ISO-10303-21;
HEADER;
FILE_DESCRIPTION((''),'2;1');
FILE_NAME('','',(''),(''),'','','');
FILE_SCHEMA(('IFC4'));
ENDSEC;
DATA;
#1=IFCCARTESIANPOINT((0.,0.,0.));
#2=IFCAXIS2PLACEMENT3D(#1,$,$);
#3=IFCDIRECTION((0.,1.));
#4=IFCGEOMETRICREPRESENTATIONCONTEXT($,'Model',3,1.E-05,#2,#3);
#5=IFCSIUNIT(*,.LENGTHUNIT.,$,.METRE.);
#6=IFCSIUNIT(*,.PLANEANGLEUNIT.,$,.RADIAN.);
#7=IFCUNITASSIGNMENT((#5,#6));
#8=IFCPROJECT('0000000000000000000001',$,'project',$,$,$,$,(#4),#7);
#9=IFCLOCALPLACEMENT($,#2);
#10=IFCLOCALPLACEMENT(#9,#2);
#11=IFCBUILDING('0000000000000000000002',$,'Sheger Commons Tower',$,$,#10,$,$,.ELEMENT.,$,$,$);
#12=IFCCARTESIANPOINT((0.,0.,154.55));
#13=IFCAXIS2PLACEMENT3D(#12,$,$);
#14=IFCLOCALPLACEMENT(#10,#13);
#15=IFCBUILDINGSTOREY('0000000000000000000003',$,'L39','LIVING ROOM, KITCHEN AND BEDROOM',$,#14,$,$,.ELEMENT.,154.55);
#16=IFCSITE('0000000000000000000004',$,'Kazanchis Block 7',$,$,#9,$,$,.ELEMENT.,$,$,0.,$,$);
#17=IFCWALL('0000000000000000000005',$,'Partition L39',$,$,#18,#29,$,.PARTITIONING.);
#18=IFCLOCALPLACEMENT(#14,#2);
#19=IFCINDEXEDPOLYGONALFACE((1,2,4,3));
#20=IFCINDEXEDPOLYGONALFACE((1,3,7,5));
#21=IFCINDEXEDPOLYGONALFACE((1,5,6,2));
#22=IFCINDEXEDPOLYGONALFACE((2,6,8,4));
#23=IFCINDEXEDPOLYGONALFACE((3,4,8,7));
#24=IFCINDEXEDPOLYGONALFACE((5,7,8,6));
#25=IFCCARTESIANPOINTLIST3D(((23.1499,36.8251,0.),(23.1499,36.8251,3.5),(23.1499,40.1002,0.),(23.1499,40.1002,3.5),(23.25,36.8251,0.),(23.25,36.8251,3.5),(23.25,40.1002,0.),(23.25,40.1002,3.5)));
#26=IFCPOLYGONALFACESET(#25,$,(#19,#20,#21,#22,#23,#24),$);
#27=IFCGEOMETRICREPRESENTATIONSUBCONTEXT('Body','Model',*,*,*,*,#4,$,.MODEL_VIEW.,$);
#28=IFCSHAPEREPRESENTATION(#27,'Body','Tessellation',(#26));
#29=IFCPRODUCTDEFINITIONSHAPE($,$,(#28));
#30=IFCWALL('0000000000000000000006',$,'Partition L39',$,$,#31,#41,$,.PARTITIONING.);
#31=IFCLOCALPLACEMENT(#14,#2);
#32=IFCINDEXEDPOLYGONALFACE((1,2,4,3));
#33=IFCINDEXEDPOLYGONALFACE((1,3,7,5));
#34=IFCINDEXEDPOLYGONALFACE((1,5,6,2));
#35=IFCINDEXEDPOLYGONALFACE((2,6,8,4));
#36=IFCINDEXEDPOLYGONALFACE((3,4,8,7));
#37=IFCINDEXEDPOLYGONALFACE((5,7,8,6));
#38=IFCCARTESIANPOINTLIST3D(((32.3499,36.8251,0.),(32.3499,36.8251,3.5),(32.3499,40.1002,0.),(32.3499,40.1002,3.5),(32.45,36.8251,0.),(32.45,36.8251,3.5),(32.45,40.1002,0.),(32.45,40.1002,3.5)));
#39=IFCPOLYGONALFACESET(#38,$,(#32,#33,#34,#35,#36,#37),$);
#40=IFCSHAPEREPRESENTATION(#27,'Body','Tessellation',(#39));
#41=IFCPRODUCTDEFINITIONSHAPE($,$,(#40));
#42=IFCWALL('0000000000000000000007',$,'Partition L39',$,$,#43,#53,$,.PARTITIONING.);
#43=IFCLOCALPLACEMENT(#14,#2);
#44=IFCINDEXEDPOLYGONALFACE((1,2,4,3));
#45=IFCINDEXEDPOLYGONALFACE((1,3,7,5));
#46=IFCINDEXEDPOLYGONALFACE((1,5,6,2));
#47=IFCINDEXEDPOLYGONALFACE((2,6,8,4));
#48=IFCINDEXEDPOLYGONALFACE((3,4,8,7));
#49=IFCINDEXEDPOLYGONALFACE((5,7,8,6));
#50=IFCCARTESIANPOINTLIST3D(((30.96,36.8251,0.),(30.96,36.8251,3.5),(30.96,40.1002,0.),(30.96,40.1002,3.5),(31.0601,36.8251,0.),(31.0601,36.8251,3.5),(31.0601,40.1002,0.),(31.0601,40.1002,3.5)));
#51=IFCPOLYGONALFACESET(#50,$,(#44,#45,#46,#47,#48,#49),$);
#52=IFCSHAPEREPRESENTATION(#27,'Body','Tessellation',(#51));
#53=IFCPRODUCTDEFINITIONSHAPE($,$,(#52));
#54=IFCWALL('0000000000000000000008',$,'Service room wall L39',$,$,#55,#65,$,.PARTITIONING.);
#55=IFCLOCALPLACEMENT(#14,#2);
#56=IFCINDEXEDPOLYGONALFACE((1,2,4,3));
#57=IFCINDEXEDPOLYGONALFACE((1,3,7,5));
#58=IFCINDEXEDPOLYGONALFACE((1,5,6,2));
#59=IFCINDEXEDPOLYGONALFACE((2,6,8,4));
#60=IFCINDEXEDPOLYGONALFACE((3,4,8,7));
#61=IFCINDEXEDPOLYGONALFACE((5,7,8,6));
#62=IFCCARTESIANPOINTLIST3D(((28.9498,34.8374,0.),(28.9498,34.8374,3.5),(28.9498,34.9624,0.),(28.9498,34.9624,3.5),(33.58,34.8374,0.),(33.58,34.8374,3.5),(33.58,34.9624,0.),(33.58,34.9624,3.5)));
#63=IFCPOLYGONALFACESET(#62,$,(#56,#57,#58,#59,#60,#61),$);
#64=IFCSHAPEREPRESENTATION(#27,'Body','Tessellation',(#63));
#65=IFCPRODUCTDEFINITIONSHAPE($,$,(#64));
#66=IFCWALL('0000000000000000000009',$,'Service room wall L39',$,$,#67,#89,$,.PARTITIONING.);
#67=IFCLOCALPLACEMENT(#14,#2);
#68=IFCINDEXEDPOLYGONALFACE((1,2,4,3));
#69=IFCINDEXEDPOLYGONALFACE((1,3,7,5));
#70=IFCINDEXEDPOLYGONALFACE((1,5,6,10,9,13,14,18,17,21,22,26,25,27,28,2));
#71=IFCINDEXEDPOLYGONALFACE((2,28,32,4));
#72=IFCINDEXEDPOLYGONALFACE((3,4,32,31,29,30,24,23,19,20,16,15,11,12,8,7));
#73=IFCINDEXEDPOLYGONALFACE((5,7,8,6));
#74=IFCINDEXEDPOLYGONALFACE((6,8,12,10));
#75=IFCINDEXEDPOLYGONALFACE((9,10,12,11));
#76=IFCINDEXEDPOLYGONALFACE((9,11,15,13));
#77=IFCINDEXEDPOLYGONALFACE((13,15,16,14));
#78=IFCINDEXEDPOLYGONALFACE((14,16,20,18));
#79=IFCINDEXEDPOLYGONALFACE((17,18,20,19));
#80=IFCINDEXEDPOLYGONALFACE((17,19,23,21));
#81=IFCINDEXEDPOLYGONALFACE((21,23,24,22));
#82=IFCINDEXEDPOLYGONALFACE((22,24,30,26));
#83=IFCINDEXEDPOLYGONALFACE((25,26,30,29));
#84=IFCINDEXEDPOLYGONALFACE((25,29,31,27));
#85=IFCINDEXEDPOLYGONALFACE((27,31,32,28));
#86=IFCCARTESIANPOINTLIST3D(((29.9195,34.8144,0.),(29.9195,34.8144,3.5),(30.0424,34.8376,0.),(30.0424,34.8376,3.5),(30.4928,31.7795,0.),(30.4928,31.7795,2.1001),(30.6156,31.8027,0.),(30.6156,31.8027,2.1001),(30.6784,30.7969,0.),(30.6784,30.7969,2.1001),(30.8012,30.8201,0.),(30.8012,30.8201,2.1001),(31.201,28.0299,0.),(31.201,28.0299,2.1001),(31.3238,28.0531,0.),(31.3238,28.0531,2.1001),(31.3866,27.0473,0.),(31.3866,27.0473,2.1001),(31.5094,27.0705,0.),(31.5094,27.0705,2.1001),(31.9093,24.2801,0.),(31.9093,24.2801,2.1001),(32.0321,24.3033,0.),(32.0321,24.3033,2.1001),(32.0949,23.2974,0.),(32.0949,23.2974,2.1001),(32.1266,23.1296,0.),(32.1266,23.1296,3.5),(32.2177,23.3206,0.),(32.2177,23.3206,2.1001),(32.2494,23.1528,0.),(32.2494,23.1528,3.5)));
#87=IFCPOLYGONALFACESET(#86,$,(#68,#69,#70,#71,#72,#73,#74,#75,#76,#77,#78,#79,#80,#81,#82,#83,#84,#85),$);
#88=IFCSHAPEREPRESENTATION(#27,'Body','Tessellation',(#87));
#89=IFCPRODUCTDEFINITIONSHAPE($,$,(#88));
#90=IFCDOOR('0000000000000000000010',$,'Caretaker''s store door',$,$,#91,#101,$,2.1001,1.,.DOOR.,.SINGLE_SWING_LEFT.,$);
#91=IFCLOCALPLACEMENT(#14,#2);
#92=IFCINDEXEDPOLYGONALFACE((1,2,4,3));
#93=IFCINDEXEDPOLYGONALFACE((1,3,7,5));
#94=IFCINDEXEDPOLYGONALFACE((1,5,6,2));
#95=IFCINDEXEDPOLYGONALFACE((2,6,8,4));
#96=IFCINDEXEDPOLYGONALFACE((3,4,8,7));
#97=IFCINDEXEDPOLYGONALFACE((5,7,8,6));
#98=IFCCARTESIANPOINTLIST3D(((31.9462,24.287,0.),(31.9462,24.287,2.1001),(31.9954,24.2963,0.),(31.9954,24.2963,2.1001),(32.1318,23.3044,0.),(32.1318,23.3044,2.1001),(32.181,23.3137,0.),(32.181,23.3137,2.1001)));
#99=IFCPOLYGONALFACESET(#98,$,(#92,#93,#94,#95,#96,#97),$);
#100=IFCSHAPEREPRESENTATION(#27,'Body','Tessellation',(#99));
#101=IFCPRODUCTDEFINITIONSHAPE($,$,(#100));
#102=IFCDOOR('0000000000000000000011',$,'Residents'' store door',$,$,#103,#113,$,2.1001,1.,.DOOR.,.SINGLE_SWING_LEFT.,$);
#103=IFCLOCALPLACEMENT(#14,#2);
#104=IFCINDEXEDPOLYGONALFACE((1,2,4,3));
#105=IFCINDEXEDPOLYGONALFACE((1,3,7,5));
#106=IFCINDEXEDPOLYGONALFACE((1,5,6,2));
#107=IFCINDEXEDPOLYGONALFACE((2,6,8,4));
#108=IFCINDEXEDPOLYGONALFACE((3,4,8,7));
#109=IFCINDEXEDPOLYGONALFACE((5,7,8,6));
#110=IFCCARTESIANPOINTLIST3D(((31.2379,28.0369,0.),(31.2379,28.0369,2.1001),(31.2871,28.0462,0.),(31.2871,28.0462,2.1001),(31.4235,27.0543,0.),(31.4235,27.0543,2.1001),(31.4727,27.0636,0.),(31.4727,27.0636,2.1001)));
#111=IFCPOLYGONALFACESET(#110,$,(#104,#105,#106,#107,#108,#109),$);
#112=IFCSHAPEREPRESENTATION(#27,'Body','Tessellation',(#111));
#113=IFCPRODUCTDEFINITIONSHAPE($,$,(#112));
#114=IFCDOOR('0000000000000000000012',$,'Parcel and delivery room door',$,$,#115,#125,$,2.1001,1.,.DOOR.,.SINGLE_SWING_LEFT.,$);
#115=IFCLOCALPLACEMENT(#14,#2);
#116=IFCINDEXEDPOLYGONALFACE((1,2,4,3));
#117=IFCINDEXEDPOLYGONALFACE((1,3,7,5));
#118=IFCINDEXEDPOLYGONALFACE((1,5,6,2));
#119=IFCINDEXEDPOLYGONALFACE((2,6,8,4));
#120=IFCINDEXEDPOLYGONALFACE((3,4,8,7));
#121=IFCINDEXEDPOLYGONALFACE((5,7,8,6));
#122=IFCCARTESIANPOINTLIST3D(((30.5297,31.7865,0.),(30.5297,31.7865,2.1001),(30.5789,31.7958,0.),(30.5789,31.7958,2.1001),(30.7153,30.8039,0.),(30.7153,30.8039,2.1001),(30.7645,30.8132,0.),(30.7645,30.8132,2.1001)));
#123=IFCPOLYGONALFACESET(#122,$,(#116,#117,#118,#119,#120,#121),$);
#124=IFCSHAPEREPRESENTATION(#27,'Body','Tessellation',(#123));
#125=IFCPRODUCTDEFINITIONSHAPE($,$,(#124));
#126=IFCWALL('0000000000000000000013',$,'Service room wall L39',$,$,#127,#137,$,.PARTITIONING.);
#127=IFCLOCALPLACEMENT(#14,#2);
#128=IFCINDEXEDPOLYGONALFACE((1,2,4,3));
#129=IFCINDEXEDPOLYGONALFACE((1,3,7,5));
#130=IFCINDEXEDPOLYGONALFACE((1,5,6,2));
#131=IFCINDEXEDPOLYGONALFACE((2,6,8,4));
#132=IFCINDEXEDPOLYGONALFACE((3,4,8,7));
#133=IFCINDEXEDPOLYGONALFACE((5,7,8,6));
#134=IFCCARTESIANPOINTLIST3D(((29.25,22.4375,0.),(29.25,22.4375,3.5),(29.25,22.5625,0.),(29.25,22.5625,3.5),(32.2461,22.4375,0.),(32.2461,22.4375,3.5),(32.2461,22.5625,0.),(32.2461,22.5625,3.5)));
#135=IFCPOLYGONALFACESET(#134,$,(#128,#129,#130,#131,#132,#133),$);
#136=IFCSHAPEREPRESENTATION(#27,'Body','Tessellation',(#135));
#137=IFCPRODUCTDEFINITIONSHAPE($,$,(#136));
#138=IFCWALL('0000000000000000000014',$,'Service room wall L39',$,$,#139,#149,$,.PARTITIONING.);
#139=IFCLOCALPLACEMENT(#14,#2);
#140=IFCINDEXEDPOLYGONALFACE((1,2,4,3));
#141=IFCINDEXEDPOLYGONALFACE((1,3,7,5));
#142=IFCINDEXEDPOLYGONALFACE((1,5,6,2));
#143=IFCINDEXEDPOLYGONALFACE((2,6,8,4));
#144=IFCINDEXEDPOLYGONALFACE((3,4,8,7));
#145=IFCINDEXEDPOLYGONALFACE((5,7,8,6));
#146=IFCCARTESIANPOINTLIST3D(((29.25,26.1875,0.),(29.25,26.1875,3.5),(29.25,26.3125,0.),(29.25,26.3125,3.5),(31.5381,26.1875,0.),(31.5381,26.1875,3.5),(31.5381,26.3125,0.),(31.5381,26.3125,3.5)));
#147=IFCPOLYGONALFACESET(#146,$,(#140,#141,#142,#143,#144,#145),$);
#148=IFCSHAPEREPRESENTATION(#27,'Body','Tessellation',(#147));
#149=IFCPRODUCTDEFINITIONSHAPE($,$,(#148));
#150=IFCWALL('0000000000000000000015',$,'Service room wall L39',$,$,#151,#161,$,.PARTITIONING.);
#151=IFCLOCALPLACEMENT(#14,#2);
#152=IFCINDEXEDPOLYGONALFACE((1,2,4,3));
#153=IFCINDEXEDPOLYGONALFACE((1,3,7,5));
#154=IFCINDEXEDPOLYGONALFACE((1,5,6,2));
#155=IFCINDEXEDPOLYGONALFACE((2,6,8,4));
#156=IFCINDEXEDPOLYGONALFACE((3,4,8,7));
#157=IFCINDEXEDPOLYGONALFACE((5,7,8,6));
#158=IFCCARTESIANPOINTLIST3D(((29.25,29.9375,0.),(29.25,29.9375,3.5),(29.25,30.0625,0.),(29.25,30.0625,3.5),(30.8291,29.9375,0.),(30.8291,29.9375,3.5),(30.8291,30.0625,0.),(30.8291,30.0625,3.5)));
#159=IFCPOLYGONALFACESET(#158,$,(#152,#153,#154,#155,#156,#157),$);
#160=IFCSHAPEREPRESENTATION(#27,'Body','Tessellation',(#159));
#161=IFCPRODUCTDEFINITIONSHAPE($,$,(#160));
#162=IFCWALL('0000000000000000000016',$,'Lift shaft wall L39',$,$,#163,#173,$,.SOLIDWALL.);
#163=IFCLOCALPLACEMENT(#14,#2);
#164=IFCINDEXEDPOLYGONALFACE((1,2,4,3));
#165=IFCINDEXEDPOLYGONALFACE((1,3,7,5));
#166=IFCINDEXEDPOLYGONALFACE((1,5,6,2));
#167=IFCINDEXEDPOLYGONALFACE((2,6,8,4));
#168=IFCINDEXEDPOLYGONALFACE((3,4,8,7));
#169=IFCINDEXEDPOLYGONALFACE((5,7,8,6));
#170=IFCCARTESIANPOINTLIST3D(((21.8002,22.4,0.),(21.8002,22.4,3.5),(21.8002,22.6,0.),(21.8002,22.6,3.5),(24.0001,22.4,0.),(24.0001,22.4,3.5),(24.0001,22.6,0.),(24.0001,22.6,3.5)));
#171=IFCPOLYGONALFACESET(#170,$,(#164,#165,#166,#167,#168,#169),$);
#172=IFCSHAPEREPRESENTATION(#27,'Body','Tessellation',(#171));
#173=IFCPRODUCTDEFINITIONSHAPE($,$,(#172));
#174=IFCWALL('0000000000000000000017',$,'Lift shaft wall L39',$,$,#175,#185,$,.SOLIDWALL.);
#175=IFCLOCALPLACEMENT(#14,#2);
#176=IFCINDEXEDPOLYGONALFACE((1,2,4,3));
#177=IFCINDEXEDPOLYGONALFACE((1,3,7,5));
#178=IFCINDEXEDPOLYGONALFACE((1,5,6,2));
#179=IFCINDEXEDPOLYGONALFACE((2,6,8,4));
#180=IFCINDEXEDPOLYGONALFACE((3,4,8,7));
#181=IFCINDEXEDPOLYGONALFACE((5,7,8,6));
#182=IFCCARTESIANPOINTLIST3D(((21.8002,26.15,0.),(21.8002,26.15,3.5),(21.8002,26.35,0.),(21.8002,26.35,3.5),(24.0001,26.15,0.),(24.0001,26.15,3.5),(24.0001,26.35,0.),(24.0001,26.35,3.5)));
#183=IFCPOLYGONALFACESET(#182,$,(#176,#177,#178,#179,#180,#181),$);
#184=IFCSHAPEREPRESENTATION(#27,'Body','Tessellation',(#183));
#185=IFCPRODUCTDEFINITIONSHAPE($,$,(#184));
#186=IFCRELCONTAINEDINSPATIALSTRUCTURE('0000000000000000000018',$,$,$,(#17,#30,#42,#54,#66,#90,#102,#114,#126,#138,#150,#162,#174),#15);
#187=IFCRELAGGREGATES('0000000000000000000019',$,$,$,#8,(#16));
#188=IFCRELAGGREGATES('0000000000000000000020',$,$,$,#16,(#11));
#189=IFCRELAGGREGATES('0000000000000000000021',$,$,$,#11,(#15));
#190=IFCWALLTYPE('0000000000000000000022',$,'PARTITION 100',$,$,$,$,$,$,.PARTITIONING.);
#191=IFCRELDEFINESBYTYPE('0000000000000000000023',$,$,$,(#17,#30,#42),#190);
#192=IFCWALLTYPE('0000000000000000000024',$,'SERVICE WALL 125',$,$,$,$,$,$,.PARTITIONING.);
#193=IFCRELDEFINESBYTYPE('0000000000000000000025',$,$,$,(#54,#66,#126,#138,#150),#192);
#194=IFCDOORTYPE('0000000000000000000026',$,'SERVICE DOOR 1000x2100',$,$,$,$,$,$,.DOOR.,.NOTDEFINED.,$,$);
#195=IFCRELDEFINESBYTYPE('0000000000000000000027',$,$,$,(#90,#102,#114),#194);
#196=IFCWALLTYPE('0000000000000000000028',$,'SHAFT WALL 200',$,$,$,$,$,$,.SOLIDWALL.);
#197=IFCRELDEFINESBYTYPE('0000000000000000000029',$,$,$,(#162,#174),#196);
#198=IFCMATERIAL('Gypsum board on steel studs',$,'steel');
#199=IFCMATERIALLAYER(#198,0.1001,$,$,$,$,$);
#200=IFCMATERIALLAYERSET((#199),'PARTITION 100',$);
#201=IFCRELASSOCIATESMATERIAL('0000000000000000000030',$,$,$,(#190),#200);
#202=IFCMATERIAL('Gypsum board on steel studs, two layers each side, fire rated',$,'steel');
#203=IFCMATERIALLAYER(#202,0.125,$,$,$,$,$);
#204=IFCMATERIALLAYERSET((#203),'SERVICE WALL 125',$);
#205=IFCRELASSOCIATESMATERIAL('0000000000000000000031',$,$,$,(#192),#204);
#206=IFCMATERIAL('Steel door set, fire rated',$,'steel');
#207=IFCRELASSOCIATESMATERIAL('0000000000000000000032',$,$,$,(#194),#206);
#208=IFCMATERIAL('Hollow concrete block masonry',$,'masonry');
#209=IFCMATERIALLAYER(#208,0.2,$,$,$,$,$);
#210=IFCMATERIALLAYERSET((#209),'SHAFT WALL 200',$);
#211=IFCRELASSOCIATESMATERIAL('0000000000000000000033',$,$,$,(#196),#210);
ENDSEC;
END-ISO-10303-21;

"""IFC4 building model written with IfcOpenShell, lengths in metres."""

from ifc_helpers import new_model, si_unit, direction, frame, frame_2d, origin, place, context, subcontext, project, spatial, rectangle, extrude, material, layer, layer_set, type_object, element, fill, save


model = new_model("IFC4")

# Units and contexts
model_context = context("Model", 3, precision=1e-05, world=origin(), true_north=direction((0.0, 1.0)))
body_context = subcontext(model_context, "Body", "Model", "MODEL_VIEW")
ifc_project = project(units=[si_unit("LENGTHUNIT", "METRE"), si_unit("PLANEANGLEUNIT", "RADIAN")], contexts=[model_context])

# Site, building, storey
site_placement = place(None, origin())
site = spatial("IfcSite", under=ifc_project, at=site_placement, Name="Kazanchis Block 7", CompositionType="ELEMENT", RefElevation=0.0)
building_placement = place(site_placement, origin())
building = spatial("IfcBuilding", under=site, at=building_placement, Name="Sheger Commons Tower", CompositionType="ELEMENT")
storey_placement = place(building_placement, frame((0.0, 0.0, 154.55)))
storey = spatial("IfcBuildingStorey", under=building, at=storey_placement, Name="L39", Description="LIVING ROOM, KITCHEN AND BEDROOM", CompositionType="ELEMENT", Elevation=154.55)

# Walls
ifc_material_1 = material(Name="Gypsum board on steel studs", Category="steel")
ifc_layer_1 = layer(ifc_material_1, 0.1001)
ifc_layer_set_1 = layer_set([ifc_layer_1], Name="PARTITION 100")
wall_type_1 = type_object("IfcWallType", Name="PARTITION 100", PredefinedType="PARTITIONING", material=ifc_layer_set_1)
for number, where, z_axis, x_axis, name in (
    (1, (23.2, 36.825, 0.0), (0.0, 0.0, 1.0), (0.0, 1.0, 0.0), "Partition L39"),
    (2, (32.3999, 36.825, 0.0), (0.0, 0.0, 1.0), (0.0, 1.0, 0.0), "Partition L39"),
    (3, (31.01, 36.825, 0.0), (0.0, 0.0, 1.0), (0.0, 1.0, 0.0), "Partition L39"),
):
    element("IfcWall", number, at=place(storey_placement, frame(where, z_axis=z_axis, x_axis=x_axis)), inside=storey, type_object=wall_type_1, Name=name, PredefinedType="PARTITIONING", context=body_context, shape_type="SweptSolid", body=[
        extrude(rectangle(XDim=3.2751, YDim=0.1001, at=frame_2d((1.6377, 0.0))), origin(), (0.0, 0.0, 1.0), 3.5),
    ])
ifc_material_2 = material(Name="Gypsum board on steel studs, two layers each side, fire rated", Category="steel")
ifc_layer_2 = layer(ifc_material_2, 0.125)
ifc_layer_set_2 = layer_set([ifc_layer_2], Name="SERVICE WALL 125")
wall_type_2 = type_object("IfcWallType", Name="SERVICE WALL 125", PredefinedType="PARTITIONING", material=ifc_layer_set_2)
wall_1_placement = place(storey_placement, frame((28.95, 34.8999, 0.0), z_axis=(0.0, 0.0, 1.0), x_axis=(1.0, 0.0, 0.0)))
element("IfcWall", 4, at=wall_1_placement, inside=storey, type_object=wall_type_2, Name="Service room wall L39", PredefinedType="PARTITIONING", context=body_context, shape_type="SweptSolid", body=[
    extrude(rectangle(XDim=4.6301, YDim=0.125, at=frame_2d((2.3149, 0.0))), origin(), (0.0, 0.0, 1.0), 3.5),
])

# Wall, openings, doors
wall_2_placement = place(storey_placement, frame((32.188, 23.1411, 0.0), z_axis=(0.0, 0.0, 1.0), x_axis=(-0.185599, 0.982626, 0.0)))
wall_2 = element("IfcWall", 5, at=wall_2_placement, inside=storey, type_object=wall_type_2, Name="Service room wall L39", PredefinedType="PARTITIONING", context=body_context, shape_type="SweptSolid", body=[
    extrude(rectangle(XDim=11.8914, YDim=0.125, at=frame_2d((5.9458, 0.0))), origin(), (0.0, 0.0, 1.0), 3.5),
])
opening_1_placement = place(wall_2_placement, frame((0.1709, 0.0, 0.0)))
opening_1 = element("IfcOpeningElement", 6, at=opening_1_placement, cuts=wall_2, PredefinedType="OPENING", context=body_context, shape_type="SweptSolid", body=[
    extrude(rectangle(XDim=1.0, YDim=2.1001, at=frame_2d((0.5, 1.05))), frame((0.0, 0.0725, 0.0), z_axis=(0.0, -1.0, 0.0), x_axis=(1.0, 0.0, 0.0)), (0.0, 0.0, 1.0), 0.145),
])
opening_2_placement = place(wall_2_placement, frame((3.9871, 0.0, 0.0)))
opening_2 = element("IfcOpeningElement", 7, at=opening_2_placement, cuts=wall_2, PredefinedType="OPENING", context=body_context, shape_type="SweptSolid", body=[
    extrude(rectangle(XDim=1.0, YDim=2.1001, at=frame_2d((0.5, 1.05))), frame((0.0, 0.0725, 0.0), z_axis=(0.0, -1.0, 0.0), x_axis=(1.0, 0.0, 0.0)), (0.0, 0.0, 1.0), 0.145),
])
opening_3_placement = place(wall_2_placement, frame((7.803, 0.0, 0.0)))
opening_3 = element("IfcOpeningElement", 8, at=opening_3_placement, cuts=wall_2, PredefinedType="OPENING", context=body_context, shape_type="SweptSolid", body=[
    extrude(rectangle(XDim=1.0, YDim=2.1001, at=frame_2d((0.5, 1.05))), frame((0.0, 0.0725, 0.0), z_axis=(0.0, -1.0, 0.0), x_axis=(1.0, 0.0, 0.0)), (0.0, 0.0, 1.0), 0.145),
])
ifc_material_3 = material(Name="Steel door set, fire rated", Category="steel")
door_type_1 = type_object("IfcDoorType", Name="SERVICE DOOR 1000x2100", OperationType="NOTDEFINED", PredefinedType="DOOR", material=ifc_material_3)
door_1_placement = place(opening_1_placement, origin())
door_1 = element("IfcDoor", 9, at=door_1_placement, inside=storey, type_object=door_type_1, Name="Caretaker's store door", OperationType="SINGLE_SWING_LEFT", OverallHeight=2.1001, OverallWidth=1.0, PredefinedType="DOOR", context=body_context, shape_type="SweptSolid", body=[
    extrude(rectangle(XDim=1.0, YDim=2.1001, at=frame_2d((0.5, 1.05))), frame((0.0, 0.0249, 0.0), z_axis=(0.0, -1.0, 0.0), x_axis=(1.0, 0.0, 0.0)), (0.0, 0.0, 1.0), 0.05),
])
fill(opening_1, door_1)
door_2_placement = place(opening_2_placement, origin())
door_2 = element("IfcDoor", 10, at=door_2_placement, inside=storey, type_object=door_type_1, Name="Residents' store door", OperationType="SINGLE_SWING_LEFT", OverallHeight=2.1001, OverallWidth=1.0, PredefinedType="DOOR", context=body_context, shape_type="SweptSolid", body=[
    extrude(rectangle(XDim=1.0, YDim=2.1001, at=frame_2d((0.5, 1.05))), frame((0.0, 0.0249, 0.0), z_axis=(0.0, -1.0, 0.0), x_axis=(1.0, 0.0, 0.0)), (0.0, 0.0, 1.0), 0.05),
])
fill(opening_2, door_2)
door_3_placement = place(opening_3_placement, origin())
door_3 = element("IfcDoor", 11, at=door_3_placement, inside=storey, type_object=door_type_1, Name="Parcel and delivery room door", OperationType="SINGLE_SWING_LEFT", OverallHeight=2.1001, OverallWidth=1.0, PredefinedType="DOOR", context=body_context, shape_type="SweptSolid", body=[
    extrude(rectangle(XDim=1.0, YDim=2.1001, at=frame_2d((0.5, 1.05))), frame((0.0, 0.0249, 0.0), z_axis=(0.0, -1.0, 0.0), x_axis=(1.0, 0.0, 0.0)), (0.0, 0.0, 1.0), 0.05),
])
fill(opening_3, door_3)

# Walls
wall_3_placement = place(storey_placement, frame((29.25, 22.5, 0.0), z_axis=(0.0, 0.0, 1.0), x_axis=(1.0, 0.0, 0.0)))
element("IfcWall", 12, at=wall_3_placement, inside=storey, type_object=wall_type_2, Name="Service room wall L39", PredefinedType="PARTITIONING", context=body_context, shape_type="SweptSolid", body=[
    extrude(rectangle(XDim=2.9961, YDim=0.125, at=frame_2d((1.498, 0.0))), origin(), (0.0, 0.0, 1.0), 3.5),
])
wall_4_placement = place(storey_placement, frame((29.25, 26.25, 0.0), z_axis=(0.0, 0.0, 1.0), x_axis=(1.0, 0.0, 0.0)))
element("IfcWall", 13, at=wall_4_placement, inside=storey, type_object=wall_type_2, Name="Service room wall L39", PredefinedType="PARTITIONING", context=body_context, shape_type="SweptSolid", body=[
    extrude(rectangle(XDim=2.2881, YDim=0.125, at=frame_2d((1.144, 0.0))), origin(), (0.0, 0.0, 1.0), 3.5),
])
wall_5_placement = place(storey_placement, frame((29.25, 30.0, 0.0), z_axis=(0.0, 0.0, 1.0), x_axis=(1.0, 0.0, 0.0)))
element("IfcWall", 14, at=wall_5_placement, inside=storey, type_object=wall_type_2, Name="Service room wall L39", PredefinedType="PARTITIONING", context=body_context, shape_type="SweptSolid", body=[
    extrude(rectangle(XDim=1.5791, YDim=0.125, at=frame_2d((0.7896, 0.0))), origin(), (0.0, 0.0, 1.0), 3.5),
])
ifc_material_4 = material(Name="Hollow concrete block masonry", Category="masonry")
ifc_layer_3 = layer(ifc_material_4, 0.2)
ifc_layer_set_3 = layer_set([ifc_layer_3], Name="SHAFT WALL 200")
wall_type_3 = type_object("IfcWallType", Name="SHAFT WALL 200", PredefinedType="SOLIDWALL", material=ifc_layer_set_3)
for number, where, z_axis, x_axis, name in (
    (15, (21.8, 22.5, 0.0), (0.0, 0.0, 1.0), (1.0, 0.0, 0.0), "Lift shaft wall L39"),
    (16, (21.8, 26.25, 0.0), (0.0, 0.0, 1.0), (1.0, 0.0, 0.0), "Lift shaft wall L39"),
):
    element("IfcWall", number, at=place(storey_placement, frame(where, z_axis=z_axis, x_axis=x_axis)), inside=storey, type_object=wall_type_3, Name=name, PredefinedType="SOLIDWALL", context=body_context, shape_type="SweptSolid", body=[
        extrude(rectangle(XDim=2.2, YDim=0.2, at=frame_2d((1.1001, 0.0))), origin(), (0.0, 0.0, 1.0), 3.5),
    ])

save(model, "model.ifc")
